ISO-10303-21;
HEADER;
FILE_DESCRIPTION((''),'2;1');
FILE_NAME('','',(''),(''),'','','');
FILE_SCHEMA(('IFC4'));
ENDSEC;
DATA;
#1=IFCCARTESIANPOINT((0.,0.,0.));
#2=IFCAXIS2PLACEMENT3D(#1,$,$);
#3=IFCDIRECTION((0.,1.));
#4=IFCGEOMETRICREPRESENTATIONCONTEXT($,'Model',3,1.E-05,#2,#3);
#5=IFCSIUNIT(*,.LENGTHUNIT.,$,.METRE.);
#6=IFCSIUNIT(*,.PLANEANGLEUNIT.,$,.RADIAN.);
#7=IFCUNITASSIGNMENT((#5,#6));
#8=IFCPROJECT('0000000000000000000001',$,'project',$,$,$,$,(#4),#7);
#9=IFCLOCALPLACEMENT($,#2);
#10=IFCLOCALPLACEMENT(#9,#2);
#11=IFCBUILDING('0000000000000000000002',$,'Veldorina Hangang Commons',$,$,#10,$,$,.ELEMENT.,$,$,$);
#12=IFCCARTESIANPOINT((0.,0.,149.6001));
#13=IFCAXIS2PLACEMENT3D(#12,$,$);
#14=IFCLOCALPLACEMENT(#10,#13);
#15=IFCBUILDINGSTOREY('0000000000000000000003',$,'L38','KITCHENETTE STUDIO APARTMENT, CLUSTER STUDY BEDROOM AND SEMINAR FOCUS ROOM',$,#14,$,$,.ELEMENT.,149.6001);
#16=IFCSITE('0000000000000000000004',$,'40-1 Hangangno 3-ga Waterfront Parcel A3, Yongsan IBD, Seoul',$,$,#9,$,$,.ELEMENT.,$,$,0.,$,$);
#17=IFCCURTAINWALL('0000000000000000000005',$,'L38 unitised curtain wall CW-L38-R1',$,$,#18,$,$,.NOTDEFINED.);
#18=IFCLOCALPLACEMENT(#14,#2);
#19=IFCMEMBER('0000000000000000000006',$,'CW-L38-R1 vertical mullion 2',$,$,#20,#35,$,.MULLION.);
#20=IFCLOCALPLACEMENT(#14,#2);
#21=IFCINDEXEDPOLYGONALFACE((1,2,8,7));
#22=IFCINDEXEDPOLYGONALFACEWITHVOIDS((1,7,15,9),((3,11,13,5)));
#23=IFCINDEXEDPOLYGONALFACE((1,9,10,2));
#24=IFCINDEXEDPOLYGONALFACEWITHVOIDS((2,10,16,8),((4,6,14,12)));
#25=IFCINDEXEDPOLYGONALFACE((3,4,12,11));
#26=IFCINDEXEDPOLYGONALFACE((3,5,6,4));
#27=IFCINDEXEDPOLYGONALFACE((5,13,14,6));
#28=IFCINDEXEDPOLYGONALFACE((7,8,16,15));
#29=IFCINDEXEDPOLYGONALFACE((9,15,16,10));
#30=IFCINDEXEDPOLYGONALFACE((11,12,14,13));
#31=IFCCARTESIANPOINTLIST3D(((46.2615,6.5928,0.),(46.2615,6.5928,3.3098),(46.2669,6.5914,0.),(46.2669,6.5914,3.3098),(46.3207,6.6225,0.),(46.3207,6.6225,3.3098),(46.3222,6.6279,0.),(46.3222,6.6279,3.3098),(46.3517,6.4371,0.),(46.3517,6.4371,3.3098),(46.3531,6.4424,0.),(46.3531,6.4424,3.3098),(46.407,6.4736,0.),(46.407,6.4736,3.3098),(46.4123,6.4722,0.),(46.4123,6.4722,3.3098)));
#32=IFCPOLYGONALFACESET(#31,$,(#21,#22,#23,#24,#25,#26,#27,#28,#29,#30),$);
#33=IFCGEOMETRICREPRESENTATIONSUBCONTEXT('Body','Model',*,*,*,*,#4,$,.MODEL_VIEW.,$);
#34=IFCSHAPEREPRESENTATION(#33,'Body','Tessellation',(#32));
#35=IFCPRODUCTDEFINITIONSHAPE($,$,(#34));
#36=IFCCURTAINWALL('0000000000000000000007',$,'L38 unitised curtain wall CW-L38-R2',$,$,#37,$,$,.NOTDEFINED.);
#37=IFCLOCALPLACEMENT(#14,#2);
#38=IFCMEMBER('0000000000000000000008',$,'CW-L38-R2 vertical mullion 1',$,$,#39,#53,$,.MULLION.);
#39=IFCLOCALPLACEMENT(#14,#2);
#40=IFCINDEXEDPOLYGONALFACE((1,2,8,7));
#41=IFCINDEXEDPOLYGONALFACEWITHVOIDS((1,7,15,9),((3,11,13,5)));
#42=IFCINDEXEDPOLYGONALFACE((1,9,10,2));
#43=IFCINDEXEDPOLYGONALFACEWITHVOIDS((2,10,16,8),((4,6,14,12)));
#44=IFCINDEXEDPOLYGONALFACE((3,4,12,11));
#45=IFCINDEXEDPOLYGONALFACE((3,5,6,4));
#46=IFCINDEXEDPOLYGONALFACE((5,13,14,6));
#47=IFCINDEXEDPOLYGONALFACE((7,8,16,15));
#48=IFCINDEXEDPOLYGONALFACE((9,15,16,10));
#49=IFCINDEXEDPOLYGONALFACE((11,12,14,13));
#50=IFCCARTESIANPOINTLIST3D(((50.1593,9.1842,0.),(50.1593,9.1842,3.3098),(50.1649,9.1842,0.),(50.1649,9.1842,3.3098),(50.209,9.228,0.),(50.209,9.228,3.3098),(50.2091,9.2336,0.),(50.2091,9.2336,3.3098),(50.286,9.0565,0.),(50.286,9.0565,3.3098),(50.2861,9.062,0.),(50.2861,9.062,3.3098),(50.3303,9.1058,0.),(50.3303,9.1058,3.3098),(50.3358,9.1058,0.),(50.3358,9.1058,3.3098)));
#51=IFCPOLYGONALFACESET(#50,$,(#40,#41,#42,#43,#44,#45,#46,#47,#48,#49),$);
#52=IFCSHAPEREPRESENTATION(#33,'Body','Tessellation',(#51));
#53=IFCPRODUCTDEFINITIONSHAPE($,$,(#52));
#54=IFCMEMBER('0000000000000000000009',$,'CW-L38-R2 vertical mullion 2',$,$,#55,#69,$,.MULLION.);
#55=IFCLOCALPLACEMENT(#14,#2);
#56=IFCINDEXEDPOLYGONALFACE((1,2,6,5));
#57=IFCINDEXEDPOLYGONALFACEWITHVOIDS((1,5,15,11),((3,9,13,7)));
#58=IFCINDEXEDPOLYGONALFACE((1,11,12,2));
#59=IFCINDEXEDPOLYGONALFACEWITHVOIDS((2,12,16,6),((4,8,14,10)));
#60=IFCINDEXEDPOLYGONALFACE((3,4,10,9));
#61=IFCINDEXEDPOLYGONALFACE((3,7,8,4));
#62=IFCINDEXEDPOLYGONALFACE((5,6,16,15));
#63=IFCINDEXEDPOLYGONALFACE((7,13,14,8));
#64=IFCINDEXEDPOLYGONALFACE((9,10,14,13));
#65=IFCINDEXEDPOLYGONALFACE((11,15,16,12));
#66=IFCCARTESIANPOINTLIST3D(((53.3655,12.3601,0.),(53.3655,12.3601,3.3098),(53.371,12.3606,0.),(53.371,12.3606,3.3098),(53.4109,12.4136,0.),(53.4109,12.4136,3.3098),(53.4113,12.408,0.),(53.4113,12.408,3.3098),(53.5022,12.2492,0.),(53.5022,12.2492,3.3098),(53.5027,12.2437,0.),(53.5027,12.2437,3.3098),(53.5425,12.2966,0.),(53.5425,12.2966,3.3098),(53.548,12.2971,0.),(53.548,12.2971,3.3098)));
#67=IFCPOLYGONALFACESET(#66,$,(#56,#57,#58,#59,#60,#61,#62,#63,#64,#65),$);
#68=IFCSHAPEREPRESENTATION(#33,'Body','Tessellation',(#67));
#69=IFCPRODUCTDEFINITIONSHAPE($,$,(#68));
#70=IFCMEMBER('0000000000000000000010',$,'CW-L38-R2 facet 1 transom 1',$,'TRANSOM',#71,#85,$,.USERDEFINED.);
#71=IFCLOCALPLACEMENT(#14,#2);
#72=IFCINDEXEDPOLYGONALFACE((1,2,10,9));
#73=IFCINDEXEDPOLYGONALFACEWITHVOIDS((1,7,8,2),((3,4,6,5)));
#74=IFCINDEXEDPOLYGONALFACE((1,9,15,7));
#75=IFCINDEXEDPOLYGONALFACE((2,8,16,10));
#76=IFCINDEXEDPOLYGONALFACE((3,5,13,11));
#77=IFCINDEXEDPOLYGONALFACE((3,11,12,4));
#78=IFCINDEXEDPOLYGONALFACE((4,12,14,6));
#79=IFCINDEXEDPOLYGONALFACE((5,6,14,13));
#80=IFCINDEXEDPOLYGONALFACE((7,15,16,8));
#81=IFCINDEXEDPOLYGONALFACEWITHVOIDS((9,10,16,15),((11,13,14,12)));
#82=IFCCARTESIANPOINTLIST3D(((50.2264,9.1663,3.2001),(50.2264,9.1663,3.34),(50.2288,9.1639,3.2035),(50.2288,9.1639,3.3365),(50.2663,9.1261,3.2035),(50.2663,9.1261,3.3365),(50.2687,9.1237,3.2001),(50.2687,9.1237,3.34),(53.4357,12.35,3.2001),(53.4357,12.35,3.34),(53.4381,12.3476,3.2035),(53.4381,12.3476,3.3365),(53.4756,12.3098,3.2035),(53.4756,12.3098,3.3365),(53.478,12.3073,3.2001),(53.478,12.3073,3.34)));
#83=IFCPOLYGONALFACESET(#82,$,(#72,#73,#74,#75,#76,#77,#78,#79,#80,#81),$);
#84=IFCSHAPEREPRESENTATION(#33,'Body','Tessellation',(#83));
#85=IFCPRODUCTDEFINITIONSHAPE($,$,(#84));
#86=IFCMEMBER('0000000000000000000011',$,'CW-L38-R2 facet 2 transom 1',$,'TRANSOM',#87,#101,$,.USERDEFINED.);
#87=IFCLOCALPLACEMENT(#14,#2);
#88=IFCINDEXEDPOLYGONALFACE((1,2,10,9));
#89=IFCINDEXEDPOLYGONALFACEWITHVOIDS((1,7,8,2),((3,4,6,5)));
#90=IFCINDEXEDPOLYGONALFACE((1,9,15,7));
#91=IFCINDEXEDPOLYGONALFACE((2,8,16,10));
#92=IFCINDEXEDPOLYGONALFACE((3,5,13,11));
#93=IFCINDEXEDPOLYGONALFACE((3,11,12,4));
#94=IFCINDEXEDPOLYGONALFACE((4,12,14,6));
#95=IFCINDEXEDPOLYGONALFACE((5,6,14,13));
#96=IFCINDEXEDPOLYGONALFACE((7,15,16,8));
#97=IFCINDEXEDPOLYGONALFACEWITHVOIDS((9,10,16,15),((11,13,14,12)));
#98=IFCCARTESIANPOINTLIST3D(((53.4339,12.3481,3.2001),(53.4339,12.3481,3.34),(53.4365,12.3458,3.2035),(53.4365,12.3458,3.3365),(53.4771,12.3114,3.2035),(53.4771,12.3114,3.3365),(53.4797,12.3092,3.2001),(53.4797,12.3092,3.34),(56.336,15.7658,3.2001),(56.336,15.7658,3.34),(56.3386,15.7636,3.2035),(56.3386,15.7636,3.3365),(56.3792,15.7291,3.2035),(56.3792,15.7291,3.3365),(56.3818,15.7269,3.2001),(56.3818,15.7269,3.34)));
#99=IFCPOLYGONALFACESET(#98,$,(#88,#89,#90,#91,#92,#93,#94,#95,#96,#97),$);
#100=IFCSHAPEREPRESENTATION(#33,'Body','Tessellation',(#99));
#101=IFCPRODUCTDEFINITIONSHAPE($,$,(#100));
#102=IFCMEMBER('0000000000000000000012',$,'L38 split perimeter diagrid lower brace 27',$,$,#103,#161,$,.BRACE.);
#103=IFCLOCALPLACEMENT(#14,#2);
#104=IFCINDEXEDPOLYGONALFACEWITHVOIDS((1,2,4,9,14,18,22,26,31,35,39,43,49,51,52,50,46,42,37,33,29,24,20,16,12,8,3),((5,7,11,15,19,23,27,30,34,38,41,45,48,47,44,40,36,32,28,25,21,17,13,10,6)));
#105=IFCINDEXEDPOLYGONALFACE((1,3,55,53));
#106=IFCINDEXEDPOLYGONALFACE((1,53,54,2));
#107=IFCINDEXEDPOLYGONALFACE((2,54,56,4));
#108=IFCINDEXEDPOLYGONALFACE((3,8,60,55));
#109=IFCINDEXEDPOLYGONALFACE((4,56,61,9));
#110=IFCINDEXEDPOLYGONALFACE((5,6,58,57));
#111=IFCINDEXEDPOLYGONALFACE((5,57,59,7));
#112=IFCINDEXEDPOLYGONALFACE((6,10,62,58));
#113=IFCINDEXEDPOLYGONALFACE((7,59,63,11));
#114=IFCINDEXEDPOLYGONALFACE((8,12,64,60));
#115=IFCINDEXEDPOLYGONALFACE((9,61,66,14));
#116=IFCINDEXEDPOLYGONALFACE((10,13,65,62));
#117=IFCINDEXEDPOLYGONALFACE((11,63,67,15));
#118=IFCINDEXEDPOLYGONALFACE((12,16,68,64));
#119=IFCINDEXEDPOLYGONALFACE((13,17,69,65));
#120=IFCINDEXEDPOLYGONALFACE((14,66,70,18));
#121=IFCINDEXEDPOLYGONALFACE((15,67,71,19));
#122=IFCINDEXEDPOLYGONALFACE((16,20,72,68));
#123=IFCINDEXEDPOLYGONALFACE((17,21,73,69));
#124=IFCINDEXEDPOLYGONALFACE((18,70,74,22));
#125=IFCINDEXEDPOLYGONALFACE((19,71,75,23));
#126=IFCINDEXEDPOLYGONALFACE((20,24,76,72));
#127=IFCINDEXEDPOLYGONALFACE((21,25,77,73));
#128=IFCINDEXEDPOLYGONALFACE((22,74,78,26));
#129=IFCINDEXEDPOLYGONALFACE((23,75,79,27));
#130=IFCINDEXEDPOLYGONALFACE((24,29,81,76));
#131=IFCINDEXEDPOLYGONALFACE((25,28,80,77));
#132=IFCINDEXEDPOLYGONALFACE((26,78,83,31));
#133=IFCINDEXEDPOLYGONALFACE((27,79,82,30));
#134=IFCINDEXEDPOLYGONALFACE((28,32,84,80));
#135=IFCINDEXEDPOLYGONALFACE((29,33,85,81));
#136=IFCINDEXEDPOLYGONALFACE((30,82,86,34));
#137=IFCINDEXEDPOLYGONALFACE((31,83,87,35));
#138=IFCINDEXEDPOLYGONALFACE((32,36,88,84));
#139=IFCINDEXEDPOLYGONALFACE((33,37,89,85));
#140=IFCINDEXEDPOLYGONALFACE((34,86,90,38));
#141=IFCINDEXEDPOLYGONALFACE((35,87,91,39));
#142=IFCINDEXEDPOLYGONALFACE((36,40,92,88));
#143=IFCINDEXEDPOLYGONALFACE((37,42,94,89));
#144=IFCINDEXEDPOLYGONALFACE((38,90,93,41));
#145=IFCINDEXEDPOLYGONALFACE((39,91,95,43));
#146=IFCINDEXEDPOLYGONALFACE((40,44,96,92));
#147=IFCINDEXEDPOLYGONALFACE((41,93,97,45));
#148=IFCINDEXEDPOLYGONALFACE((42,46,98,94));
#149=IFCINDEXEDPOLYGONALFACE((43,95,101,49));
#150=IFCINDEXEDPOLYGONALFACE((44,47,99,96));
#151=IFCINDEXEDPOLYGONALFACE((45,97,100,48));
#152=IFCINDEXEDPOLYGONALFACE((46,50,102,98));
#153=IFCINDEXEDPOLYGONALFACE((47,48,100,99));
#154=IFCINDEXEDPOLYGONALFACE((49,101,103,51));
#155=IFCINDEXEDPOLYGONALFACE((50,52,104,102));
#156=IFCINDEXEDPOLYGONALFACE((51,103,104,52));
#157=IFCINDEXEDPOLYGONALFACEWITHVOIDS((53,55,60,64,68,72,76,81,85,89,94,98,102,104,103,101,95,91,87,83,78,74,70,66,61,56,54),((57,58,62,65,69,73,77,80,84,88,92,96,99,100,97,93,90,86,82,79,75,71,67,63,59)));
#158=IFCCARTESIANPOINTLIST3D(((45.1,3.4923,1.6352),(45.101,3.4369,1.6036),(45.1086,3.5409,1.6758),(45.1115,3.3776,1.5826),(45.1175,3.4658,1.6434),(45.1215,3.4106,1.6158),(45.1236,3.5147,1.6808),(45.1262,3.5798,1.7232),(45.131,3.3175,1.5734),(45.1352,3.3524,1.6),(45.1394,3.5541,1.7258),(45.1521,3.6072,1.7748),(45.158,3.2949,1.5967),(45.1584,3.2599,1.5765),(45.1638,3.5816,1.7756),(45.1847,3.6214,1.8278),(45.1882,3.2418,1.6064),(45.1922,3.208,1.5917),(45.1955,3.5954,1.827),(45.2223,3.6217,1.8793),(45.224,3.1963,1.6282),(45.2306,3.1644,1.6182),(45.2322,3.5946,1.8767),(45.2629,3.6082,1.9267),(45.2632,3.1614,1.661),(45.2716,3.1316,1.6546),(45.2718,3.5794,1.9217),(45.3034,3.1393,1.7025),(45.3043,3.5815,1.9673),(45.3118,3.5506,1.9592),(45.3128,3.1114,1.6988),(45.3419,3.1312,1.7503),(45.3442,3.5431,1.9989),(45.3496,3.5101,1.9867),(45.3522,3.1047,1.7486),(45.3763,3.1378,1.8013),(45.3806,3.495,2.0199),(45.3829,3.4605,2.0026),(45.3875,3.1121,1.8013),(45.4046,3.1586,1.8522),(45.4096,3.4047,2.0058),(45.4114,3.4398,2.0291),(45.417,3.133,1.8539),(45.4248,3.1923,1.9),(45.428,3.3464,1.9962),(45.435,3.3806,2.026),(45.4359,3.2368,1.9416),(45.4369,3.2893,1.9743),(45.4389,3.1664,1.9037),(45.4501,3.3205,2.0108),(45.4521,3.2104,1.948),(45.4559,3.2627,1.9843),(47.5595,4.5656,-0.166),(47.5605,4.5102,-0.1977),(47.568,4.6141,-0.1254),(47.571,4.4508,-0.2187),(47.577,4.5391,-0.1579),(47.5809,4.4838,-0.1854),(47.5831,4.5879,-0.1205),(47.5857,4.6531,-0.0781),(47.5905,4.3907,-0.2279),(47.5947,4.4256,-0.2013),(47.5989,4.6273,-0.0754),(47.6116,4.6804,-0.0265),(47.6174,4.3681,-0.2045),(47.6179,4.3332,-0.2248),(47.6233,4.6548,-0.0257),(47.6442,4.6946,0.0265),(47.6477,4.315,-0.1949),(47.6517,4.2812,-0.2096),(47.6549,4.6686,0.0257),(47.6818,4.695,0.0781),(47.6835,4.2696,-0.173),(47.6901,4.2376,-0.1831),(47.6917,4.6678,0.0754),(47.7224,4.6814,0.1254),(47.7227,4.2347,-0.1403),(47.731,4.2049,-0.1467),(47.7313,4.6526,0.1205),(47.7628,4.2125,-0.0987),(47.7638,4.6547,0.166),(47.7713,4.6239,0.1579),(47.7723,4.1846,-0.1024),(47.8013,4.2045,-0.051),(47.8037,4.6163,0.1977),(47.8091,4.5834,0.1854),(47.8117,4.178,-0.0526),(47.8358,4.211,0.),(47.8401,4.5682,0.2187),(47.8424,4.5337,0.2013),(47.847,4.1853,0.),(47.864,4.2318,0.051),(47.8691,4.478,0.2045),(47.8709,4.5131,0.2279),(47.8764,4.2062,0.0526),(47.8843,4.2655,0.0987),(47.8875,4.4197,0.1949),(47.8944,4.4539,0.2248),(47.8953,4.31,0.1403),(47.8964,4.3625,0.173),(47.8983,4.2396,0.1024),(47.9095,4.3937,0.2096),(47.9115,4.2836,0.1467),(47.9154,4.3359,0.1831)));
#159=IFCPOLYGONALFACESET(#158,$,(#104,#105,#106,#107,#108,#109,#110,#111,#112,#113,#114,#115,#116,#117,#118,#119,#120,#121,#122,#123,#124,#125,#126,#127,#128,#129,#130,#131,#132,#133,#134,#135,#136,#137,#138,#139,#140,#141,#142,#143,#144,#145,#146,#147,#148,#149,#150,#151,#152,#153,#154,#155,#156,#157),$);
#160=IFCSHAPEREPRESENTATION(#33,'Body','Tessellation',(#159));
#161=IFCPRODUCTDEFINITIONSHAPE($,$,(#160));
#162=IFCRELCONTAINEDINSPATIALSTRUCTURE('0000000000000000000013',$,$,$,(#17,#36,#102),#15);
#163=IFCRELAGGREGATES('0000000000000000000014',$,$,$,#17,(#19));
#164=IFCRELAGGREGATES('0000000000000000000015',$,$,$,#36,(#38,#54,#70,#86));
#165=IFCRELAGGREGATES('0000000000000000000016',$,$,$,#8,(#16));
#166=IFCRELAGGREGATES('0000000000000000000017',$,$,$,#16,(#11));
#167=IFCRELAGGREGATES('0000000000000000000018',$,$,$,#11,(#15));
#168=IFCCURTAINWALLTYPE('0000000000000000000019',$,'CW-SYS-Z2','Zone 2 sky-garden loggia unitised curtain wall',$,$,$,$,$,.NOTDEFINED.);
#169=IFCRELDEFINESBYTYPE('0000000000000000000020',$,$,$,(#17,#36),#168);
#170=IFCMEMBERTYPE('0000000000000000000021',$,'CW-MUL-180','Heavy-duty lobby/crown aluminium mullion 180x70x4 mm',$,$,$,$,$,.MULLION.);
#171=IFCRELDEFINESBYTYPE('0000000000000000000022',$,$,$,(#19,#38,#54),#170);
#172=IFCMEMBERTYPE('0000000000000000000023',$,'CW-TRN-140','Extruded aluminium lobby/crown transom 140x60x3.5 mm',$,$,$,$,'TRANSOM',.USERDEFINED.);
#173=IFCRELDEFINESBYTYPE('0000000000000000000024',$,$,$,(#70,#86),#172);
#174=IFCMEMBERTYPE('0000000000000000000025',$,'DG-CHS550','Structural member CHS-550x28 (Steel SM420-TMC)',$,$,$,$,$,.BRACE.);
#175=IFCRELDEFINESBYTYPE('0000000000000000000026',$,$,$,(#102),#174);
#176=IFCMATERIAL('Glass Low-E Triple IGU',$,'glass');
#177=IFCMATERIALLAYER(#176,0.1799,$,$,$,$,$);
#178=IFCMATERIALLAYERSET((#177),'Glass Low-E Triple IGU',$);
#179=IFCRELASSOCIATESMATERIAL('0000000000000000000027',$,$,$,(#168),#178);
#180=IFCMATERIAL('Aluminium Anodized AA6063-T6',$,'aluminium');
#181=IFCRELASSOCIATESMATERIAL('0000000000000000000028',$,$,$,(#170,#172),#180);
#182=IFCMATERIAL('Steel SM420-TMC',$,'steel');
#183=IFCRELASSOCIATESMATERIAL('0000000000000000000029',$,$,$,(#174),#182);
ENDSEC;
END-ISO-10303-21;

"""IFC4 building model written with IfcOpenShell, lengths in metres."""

from ifc_helpers import new_model, si_unit, direction, frame, origin, origin_2d, place, context, subcontext, project, spatial, hollow_rectangle, hollow_circle, extrude, material, layer, layer_set, material_profile, profile_set, type_object, element, aggregate, save


model = new_model("IFC4")

# Units and contexts
model_context = context("Model", 3, precision=1e-05, world=origin(), true_north=direction((0.0, 1.0)))
body_context = subcontext(model_context, "Body", "Model", "MODEL_VIEW")
ifc_project = project(units=[si_unit("LENGTHUNIT", "METRE"), si_unit("PLANEANGLEUNIT", "RADIAN")], contexts=[model_context])

# Site, building, storey
site_placement = place(None, origin())
site = spatial("IfcSite", under=ifc_project, at=site_placement, Name="40-1 Hangangno 3-ga Waterfront Parcel A3, Yongsan IBD, Seoul", CompositionType="ELEMENT", RefElevation=0.0)
building_placement = place(site_placement, origin())
building = spatial("IfcBuilding", under=site, at=building_placement, Name="Veldorina Hangang Commons", CompositionType="ELEMENT")
storey_placement = place(building_placement, frame((0.0, 0.0, 149.6001)))
storey = spatial("IfcBuildingStorey", under=building, at=storey_placement, Name="L38", Description="KITCHENETTE STUDIO APARTMENT, CLUSTER STUDY BEDROOM AND SEMINAR FOCUS ROOM", CompositionType="ELEMENT", Elevation=149.6001)

# Shared definitions
ifc_material_1 = material(Name="Steel SM420-TMC", Category="steel")

# Curtain wall, member
ifc_material_2 = material(Name="Glass Low-E Triple IGU", Category="glass")
ifc_layer_1 = layer(ifc_material_2, 0.1799)
ifc_layer_set_1 = layer_set([ifc_layer_1], Name="Glass Low-E Triple IGU")
curtain_wall_type = type_object("IfcCurtainWallType", Name="CW-SYS-Z2", Description="Zone 2 sky-garden loggia unitised curtain wall", PredefinedType="NOTDEFINED", material=ifc_layer_set_1)
curtain_wall_1_placement = place(storey_placement, origin())
curtain_wall_1 = element("IfcCurtainWall", 1, at=curtain_wall_1_placement, inside=storey, type_object=curtain_wall_type, Name="L38 unitised curtain wall CW-L38-R1", PredefinedType="NOTDEFINED")
ifc_material_3 = material(Name="Aluminium Anodized AA6063-T6", Category="aluminium")
ifc_material_profile_1 = material_profile(ifc_material_3, hollow_rectangle(XDim=0.0701, YDim=0.1799, WallThickness=0.0039, at=origin_2d()), Name="ALU-RHS-180x70x4")
ifc_profile_set_1 = profile_set([ifc_material_profile_1], Name="Aluminium Anodized AA6063-T6")
member_type_1 = type_object("IfcMemberType", Name="CW-MUL-180", Description="Heavy-duty lobby/crown aluminium mullion 180x70x4 mm", PredefinedType="MULLION", material=ifc_profile_set_1)
member_1_placement = place(storey_placement, frame((46.3369, 6.5325, 0.0), z_axis=(0.0, 0.0, 1.0), x_axis=(-0.86544, -0.501012, 0.0)))
member_1 = element("IfcMember", 2, at=member_1_placement, type_object=member_type_1, Name="CW-L38-R1 vertical mullion 2", PredefinedType="MULLION", context=body_context, shape_type="SweptSolid", body=[
    extrude(hollow_rectangle(XDim=0.0701, YDim=0.1799, WallThickness=0.0039, at=origin_2d()), origin(), (0.0, 0.0, 1.0), 3.3098),
])
aggregate(curtain_wall_1, [member_1])

# Curtain wall, members
curtain_wall_2_placement = place(storey_placement, origin())
curtain_wall_2 = element("IfcCurtainWall", 3, at=curtain_wall_2_placement, inside=storey, type_object=curtain_wall_type, Name="L38 unitised curtain wall CW-L38-R2", PredefinedType="NOTDEFINED")
member_2_placement = place(storey_placement, frame((50.2476, 9.145, 0.0), z_axis=(0.0, 0.0, 1.0), x_axis=(0.70994, 0.704263, 0.0)))
member_2 = element("IfcMember", 4, at=member_2_placement, type_object=member_type_1, Name="CW-L38-R2 vertical mullion 1", PredefinedType="MULLION", context=body_context, shape_type="SweptSolid", body=[
    extrude(hollow_rectangle(XDim=0.0701, YDim=0.1799, WallThickness=0.0039, at=origin_2d()), origin(), (0.0, 0.0, 1.0), 3.3098),
])
member_3_placement = place(storey_placement, frame((53.4568, 12.3286, 0.0), z_axis=(0.0, 0.0, 1.0), x_axis=(0.647269, 0.762262, 0.0)))
member_3 = element("IfcMember", 5, at=member_3_placement, type_object=member_type_1, Name="CW-L38-R2 vertical mullion 2", PredefinedType="MULLION", context=body_context, shape_type="SweptSolid", body=[
    extrude(hollow_rectangle(XDim=0.0701, YDim=0.1799, WallThickness=0.0039, at=origin_2d()), origin(), (0.0, 0.0, 1.0), 3.3098),
])
ifc_material_profile_2 = material_profile(ifc_material_3, hollow_rectangle(XDim=0.0601, YDim=0.1399, WallThickness=0.0034, at=origin_2d()), Name="ALU-RHS-140x60x3.5")
ifc_profile_set_2 = profile_set([ifc_material_profile_2], Name="Aluminium Anodized AA6063-T6")
member_type_2 = type_object("IfcMemberType", Name="CW-TRN-140", Description="Extruded aluminium lobby/crown transom 140x60x3.5 mm", ElementType="TRANSOM", PredefinedType="USERDEFINED", material=ifc_profile_set_2)
member_4_placement = place(storey_placement, frame((50.2476, 9.145, 3.27), z_axis=(0.709937, 0.704266, 0.0), x_axis=(-0.704266, 0.709937, 0.0)))
member_4 = element("IfcMember", 6, at=member_4_placement, type_object=member_type_2, Name="CW-L38-R2 facet 1 transom 1", ObjectType="TRANSOM", PredefinedType="USERDEFINED", context=body_context, shape_type="SweptSolid", body=[
    extrude(hollow_rectangle(XDim=0.0601, YDim=0.1399, WallThickness=0.0034, at=origin_2d()), origin(), (0.0, 0.0, 1.0), 4.5205),
])
member_5_placement = place(storey_placement, frame((53.4568, 12.3286, 3.27), z_axis=(0.647264, 0.762266, 0.0), x_axis=(-0.762266, 0.647264, 0.0)))
member_5 = element("IfcMember", 7, at=member_5_placement, type_object=member_type_2, Name="CW-L38-R2 facet 2 transom 1", ObjectType="TRANSOM", PredefinedType="USERDEFINED", context=body_context, shape_type="SweptSolid", body=[
    extrude(hollow_rectangle(XDim=0.0601, YDim=0.1399, WallThickness=0.0034, at=origin_2d()), origin(), (0.0, 0.0, 1.0), 4.4836),
])

# Member
ifc_material_profile_3 = material_profile(ifc_material_1, hollow_circle(Radius=0.2749, WallThickness=0.0281, at=origin_2d()), Name="CHS-550x28")
ifc_profile_set_3 = profile_set([ifc_material_profile_3], Name="Steel SM420-TMC")
member_type_3 = type_object("IfcMemberType", Name="DG-CHS550", Description="Structural member CHS-550x28 (Steel SM420-TMC)", PredefinedType="BRACE", material=ifc_profile_set_3)
member_6_placement = place(storey_placement, frame((47.7371, 4.4373, 0.0), z_axis=(-0.76099, -0.332074, 0.557334), x_axis=(0.39995, -0.916537, 0.0)))
element("IfcMember", 8, at=member_6_placement, inside=storey, type_object=member_type_3, Name="L38 split perimeter diagrid lower brace 27", PredefinedType="BRACE", context=body_context, shape_type="SweptSolid", body=[
    extrude(hollow_circle(Radius=0.2749, WallThickness=0.0281, at=origin_2d()), origin(), (0.0, 0.0, 1.0), 3.2319),
])

aggregate(curtain_wall_2, [member_2, member_3, member_4, member_5])

save(model, "model.ifc")
